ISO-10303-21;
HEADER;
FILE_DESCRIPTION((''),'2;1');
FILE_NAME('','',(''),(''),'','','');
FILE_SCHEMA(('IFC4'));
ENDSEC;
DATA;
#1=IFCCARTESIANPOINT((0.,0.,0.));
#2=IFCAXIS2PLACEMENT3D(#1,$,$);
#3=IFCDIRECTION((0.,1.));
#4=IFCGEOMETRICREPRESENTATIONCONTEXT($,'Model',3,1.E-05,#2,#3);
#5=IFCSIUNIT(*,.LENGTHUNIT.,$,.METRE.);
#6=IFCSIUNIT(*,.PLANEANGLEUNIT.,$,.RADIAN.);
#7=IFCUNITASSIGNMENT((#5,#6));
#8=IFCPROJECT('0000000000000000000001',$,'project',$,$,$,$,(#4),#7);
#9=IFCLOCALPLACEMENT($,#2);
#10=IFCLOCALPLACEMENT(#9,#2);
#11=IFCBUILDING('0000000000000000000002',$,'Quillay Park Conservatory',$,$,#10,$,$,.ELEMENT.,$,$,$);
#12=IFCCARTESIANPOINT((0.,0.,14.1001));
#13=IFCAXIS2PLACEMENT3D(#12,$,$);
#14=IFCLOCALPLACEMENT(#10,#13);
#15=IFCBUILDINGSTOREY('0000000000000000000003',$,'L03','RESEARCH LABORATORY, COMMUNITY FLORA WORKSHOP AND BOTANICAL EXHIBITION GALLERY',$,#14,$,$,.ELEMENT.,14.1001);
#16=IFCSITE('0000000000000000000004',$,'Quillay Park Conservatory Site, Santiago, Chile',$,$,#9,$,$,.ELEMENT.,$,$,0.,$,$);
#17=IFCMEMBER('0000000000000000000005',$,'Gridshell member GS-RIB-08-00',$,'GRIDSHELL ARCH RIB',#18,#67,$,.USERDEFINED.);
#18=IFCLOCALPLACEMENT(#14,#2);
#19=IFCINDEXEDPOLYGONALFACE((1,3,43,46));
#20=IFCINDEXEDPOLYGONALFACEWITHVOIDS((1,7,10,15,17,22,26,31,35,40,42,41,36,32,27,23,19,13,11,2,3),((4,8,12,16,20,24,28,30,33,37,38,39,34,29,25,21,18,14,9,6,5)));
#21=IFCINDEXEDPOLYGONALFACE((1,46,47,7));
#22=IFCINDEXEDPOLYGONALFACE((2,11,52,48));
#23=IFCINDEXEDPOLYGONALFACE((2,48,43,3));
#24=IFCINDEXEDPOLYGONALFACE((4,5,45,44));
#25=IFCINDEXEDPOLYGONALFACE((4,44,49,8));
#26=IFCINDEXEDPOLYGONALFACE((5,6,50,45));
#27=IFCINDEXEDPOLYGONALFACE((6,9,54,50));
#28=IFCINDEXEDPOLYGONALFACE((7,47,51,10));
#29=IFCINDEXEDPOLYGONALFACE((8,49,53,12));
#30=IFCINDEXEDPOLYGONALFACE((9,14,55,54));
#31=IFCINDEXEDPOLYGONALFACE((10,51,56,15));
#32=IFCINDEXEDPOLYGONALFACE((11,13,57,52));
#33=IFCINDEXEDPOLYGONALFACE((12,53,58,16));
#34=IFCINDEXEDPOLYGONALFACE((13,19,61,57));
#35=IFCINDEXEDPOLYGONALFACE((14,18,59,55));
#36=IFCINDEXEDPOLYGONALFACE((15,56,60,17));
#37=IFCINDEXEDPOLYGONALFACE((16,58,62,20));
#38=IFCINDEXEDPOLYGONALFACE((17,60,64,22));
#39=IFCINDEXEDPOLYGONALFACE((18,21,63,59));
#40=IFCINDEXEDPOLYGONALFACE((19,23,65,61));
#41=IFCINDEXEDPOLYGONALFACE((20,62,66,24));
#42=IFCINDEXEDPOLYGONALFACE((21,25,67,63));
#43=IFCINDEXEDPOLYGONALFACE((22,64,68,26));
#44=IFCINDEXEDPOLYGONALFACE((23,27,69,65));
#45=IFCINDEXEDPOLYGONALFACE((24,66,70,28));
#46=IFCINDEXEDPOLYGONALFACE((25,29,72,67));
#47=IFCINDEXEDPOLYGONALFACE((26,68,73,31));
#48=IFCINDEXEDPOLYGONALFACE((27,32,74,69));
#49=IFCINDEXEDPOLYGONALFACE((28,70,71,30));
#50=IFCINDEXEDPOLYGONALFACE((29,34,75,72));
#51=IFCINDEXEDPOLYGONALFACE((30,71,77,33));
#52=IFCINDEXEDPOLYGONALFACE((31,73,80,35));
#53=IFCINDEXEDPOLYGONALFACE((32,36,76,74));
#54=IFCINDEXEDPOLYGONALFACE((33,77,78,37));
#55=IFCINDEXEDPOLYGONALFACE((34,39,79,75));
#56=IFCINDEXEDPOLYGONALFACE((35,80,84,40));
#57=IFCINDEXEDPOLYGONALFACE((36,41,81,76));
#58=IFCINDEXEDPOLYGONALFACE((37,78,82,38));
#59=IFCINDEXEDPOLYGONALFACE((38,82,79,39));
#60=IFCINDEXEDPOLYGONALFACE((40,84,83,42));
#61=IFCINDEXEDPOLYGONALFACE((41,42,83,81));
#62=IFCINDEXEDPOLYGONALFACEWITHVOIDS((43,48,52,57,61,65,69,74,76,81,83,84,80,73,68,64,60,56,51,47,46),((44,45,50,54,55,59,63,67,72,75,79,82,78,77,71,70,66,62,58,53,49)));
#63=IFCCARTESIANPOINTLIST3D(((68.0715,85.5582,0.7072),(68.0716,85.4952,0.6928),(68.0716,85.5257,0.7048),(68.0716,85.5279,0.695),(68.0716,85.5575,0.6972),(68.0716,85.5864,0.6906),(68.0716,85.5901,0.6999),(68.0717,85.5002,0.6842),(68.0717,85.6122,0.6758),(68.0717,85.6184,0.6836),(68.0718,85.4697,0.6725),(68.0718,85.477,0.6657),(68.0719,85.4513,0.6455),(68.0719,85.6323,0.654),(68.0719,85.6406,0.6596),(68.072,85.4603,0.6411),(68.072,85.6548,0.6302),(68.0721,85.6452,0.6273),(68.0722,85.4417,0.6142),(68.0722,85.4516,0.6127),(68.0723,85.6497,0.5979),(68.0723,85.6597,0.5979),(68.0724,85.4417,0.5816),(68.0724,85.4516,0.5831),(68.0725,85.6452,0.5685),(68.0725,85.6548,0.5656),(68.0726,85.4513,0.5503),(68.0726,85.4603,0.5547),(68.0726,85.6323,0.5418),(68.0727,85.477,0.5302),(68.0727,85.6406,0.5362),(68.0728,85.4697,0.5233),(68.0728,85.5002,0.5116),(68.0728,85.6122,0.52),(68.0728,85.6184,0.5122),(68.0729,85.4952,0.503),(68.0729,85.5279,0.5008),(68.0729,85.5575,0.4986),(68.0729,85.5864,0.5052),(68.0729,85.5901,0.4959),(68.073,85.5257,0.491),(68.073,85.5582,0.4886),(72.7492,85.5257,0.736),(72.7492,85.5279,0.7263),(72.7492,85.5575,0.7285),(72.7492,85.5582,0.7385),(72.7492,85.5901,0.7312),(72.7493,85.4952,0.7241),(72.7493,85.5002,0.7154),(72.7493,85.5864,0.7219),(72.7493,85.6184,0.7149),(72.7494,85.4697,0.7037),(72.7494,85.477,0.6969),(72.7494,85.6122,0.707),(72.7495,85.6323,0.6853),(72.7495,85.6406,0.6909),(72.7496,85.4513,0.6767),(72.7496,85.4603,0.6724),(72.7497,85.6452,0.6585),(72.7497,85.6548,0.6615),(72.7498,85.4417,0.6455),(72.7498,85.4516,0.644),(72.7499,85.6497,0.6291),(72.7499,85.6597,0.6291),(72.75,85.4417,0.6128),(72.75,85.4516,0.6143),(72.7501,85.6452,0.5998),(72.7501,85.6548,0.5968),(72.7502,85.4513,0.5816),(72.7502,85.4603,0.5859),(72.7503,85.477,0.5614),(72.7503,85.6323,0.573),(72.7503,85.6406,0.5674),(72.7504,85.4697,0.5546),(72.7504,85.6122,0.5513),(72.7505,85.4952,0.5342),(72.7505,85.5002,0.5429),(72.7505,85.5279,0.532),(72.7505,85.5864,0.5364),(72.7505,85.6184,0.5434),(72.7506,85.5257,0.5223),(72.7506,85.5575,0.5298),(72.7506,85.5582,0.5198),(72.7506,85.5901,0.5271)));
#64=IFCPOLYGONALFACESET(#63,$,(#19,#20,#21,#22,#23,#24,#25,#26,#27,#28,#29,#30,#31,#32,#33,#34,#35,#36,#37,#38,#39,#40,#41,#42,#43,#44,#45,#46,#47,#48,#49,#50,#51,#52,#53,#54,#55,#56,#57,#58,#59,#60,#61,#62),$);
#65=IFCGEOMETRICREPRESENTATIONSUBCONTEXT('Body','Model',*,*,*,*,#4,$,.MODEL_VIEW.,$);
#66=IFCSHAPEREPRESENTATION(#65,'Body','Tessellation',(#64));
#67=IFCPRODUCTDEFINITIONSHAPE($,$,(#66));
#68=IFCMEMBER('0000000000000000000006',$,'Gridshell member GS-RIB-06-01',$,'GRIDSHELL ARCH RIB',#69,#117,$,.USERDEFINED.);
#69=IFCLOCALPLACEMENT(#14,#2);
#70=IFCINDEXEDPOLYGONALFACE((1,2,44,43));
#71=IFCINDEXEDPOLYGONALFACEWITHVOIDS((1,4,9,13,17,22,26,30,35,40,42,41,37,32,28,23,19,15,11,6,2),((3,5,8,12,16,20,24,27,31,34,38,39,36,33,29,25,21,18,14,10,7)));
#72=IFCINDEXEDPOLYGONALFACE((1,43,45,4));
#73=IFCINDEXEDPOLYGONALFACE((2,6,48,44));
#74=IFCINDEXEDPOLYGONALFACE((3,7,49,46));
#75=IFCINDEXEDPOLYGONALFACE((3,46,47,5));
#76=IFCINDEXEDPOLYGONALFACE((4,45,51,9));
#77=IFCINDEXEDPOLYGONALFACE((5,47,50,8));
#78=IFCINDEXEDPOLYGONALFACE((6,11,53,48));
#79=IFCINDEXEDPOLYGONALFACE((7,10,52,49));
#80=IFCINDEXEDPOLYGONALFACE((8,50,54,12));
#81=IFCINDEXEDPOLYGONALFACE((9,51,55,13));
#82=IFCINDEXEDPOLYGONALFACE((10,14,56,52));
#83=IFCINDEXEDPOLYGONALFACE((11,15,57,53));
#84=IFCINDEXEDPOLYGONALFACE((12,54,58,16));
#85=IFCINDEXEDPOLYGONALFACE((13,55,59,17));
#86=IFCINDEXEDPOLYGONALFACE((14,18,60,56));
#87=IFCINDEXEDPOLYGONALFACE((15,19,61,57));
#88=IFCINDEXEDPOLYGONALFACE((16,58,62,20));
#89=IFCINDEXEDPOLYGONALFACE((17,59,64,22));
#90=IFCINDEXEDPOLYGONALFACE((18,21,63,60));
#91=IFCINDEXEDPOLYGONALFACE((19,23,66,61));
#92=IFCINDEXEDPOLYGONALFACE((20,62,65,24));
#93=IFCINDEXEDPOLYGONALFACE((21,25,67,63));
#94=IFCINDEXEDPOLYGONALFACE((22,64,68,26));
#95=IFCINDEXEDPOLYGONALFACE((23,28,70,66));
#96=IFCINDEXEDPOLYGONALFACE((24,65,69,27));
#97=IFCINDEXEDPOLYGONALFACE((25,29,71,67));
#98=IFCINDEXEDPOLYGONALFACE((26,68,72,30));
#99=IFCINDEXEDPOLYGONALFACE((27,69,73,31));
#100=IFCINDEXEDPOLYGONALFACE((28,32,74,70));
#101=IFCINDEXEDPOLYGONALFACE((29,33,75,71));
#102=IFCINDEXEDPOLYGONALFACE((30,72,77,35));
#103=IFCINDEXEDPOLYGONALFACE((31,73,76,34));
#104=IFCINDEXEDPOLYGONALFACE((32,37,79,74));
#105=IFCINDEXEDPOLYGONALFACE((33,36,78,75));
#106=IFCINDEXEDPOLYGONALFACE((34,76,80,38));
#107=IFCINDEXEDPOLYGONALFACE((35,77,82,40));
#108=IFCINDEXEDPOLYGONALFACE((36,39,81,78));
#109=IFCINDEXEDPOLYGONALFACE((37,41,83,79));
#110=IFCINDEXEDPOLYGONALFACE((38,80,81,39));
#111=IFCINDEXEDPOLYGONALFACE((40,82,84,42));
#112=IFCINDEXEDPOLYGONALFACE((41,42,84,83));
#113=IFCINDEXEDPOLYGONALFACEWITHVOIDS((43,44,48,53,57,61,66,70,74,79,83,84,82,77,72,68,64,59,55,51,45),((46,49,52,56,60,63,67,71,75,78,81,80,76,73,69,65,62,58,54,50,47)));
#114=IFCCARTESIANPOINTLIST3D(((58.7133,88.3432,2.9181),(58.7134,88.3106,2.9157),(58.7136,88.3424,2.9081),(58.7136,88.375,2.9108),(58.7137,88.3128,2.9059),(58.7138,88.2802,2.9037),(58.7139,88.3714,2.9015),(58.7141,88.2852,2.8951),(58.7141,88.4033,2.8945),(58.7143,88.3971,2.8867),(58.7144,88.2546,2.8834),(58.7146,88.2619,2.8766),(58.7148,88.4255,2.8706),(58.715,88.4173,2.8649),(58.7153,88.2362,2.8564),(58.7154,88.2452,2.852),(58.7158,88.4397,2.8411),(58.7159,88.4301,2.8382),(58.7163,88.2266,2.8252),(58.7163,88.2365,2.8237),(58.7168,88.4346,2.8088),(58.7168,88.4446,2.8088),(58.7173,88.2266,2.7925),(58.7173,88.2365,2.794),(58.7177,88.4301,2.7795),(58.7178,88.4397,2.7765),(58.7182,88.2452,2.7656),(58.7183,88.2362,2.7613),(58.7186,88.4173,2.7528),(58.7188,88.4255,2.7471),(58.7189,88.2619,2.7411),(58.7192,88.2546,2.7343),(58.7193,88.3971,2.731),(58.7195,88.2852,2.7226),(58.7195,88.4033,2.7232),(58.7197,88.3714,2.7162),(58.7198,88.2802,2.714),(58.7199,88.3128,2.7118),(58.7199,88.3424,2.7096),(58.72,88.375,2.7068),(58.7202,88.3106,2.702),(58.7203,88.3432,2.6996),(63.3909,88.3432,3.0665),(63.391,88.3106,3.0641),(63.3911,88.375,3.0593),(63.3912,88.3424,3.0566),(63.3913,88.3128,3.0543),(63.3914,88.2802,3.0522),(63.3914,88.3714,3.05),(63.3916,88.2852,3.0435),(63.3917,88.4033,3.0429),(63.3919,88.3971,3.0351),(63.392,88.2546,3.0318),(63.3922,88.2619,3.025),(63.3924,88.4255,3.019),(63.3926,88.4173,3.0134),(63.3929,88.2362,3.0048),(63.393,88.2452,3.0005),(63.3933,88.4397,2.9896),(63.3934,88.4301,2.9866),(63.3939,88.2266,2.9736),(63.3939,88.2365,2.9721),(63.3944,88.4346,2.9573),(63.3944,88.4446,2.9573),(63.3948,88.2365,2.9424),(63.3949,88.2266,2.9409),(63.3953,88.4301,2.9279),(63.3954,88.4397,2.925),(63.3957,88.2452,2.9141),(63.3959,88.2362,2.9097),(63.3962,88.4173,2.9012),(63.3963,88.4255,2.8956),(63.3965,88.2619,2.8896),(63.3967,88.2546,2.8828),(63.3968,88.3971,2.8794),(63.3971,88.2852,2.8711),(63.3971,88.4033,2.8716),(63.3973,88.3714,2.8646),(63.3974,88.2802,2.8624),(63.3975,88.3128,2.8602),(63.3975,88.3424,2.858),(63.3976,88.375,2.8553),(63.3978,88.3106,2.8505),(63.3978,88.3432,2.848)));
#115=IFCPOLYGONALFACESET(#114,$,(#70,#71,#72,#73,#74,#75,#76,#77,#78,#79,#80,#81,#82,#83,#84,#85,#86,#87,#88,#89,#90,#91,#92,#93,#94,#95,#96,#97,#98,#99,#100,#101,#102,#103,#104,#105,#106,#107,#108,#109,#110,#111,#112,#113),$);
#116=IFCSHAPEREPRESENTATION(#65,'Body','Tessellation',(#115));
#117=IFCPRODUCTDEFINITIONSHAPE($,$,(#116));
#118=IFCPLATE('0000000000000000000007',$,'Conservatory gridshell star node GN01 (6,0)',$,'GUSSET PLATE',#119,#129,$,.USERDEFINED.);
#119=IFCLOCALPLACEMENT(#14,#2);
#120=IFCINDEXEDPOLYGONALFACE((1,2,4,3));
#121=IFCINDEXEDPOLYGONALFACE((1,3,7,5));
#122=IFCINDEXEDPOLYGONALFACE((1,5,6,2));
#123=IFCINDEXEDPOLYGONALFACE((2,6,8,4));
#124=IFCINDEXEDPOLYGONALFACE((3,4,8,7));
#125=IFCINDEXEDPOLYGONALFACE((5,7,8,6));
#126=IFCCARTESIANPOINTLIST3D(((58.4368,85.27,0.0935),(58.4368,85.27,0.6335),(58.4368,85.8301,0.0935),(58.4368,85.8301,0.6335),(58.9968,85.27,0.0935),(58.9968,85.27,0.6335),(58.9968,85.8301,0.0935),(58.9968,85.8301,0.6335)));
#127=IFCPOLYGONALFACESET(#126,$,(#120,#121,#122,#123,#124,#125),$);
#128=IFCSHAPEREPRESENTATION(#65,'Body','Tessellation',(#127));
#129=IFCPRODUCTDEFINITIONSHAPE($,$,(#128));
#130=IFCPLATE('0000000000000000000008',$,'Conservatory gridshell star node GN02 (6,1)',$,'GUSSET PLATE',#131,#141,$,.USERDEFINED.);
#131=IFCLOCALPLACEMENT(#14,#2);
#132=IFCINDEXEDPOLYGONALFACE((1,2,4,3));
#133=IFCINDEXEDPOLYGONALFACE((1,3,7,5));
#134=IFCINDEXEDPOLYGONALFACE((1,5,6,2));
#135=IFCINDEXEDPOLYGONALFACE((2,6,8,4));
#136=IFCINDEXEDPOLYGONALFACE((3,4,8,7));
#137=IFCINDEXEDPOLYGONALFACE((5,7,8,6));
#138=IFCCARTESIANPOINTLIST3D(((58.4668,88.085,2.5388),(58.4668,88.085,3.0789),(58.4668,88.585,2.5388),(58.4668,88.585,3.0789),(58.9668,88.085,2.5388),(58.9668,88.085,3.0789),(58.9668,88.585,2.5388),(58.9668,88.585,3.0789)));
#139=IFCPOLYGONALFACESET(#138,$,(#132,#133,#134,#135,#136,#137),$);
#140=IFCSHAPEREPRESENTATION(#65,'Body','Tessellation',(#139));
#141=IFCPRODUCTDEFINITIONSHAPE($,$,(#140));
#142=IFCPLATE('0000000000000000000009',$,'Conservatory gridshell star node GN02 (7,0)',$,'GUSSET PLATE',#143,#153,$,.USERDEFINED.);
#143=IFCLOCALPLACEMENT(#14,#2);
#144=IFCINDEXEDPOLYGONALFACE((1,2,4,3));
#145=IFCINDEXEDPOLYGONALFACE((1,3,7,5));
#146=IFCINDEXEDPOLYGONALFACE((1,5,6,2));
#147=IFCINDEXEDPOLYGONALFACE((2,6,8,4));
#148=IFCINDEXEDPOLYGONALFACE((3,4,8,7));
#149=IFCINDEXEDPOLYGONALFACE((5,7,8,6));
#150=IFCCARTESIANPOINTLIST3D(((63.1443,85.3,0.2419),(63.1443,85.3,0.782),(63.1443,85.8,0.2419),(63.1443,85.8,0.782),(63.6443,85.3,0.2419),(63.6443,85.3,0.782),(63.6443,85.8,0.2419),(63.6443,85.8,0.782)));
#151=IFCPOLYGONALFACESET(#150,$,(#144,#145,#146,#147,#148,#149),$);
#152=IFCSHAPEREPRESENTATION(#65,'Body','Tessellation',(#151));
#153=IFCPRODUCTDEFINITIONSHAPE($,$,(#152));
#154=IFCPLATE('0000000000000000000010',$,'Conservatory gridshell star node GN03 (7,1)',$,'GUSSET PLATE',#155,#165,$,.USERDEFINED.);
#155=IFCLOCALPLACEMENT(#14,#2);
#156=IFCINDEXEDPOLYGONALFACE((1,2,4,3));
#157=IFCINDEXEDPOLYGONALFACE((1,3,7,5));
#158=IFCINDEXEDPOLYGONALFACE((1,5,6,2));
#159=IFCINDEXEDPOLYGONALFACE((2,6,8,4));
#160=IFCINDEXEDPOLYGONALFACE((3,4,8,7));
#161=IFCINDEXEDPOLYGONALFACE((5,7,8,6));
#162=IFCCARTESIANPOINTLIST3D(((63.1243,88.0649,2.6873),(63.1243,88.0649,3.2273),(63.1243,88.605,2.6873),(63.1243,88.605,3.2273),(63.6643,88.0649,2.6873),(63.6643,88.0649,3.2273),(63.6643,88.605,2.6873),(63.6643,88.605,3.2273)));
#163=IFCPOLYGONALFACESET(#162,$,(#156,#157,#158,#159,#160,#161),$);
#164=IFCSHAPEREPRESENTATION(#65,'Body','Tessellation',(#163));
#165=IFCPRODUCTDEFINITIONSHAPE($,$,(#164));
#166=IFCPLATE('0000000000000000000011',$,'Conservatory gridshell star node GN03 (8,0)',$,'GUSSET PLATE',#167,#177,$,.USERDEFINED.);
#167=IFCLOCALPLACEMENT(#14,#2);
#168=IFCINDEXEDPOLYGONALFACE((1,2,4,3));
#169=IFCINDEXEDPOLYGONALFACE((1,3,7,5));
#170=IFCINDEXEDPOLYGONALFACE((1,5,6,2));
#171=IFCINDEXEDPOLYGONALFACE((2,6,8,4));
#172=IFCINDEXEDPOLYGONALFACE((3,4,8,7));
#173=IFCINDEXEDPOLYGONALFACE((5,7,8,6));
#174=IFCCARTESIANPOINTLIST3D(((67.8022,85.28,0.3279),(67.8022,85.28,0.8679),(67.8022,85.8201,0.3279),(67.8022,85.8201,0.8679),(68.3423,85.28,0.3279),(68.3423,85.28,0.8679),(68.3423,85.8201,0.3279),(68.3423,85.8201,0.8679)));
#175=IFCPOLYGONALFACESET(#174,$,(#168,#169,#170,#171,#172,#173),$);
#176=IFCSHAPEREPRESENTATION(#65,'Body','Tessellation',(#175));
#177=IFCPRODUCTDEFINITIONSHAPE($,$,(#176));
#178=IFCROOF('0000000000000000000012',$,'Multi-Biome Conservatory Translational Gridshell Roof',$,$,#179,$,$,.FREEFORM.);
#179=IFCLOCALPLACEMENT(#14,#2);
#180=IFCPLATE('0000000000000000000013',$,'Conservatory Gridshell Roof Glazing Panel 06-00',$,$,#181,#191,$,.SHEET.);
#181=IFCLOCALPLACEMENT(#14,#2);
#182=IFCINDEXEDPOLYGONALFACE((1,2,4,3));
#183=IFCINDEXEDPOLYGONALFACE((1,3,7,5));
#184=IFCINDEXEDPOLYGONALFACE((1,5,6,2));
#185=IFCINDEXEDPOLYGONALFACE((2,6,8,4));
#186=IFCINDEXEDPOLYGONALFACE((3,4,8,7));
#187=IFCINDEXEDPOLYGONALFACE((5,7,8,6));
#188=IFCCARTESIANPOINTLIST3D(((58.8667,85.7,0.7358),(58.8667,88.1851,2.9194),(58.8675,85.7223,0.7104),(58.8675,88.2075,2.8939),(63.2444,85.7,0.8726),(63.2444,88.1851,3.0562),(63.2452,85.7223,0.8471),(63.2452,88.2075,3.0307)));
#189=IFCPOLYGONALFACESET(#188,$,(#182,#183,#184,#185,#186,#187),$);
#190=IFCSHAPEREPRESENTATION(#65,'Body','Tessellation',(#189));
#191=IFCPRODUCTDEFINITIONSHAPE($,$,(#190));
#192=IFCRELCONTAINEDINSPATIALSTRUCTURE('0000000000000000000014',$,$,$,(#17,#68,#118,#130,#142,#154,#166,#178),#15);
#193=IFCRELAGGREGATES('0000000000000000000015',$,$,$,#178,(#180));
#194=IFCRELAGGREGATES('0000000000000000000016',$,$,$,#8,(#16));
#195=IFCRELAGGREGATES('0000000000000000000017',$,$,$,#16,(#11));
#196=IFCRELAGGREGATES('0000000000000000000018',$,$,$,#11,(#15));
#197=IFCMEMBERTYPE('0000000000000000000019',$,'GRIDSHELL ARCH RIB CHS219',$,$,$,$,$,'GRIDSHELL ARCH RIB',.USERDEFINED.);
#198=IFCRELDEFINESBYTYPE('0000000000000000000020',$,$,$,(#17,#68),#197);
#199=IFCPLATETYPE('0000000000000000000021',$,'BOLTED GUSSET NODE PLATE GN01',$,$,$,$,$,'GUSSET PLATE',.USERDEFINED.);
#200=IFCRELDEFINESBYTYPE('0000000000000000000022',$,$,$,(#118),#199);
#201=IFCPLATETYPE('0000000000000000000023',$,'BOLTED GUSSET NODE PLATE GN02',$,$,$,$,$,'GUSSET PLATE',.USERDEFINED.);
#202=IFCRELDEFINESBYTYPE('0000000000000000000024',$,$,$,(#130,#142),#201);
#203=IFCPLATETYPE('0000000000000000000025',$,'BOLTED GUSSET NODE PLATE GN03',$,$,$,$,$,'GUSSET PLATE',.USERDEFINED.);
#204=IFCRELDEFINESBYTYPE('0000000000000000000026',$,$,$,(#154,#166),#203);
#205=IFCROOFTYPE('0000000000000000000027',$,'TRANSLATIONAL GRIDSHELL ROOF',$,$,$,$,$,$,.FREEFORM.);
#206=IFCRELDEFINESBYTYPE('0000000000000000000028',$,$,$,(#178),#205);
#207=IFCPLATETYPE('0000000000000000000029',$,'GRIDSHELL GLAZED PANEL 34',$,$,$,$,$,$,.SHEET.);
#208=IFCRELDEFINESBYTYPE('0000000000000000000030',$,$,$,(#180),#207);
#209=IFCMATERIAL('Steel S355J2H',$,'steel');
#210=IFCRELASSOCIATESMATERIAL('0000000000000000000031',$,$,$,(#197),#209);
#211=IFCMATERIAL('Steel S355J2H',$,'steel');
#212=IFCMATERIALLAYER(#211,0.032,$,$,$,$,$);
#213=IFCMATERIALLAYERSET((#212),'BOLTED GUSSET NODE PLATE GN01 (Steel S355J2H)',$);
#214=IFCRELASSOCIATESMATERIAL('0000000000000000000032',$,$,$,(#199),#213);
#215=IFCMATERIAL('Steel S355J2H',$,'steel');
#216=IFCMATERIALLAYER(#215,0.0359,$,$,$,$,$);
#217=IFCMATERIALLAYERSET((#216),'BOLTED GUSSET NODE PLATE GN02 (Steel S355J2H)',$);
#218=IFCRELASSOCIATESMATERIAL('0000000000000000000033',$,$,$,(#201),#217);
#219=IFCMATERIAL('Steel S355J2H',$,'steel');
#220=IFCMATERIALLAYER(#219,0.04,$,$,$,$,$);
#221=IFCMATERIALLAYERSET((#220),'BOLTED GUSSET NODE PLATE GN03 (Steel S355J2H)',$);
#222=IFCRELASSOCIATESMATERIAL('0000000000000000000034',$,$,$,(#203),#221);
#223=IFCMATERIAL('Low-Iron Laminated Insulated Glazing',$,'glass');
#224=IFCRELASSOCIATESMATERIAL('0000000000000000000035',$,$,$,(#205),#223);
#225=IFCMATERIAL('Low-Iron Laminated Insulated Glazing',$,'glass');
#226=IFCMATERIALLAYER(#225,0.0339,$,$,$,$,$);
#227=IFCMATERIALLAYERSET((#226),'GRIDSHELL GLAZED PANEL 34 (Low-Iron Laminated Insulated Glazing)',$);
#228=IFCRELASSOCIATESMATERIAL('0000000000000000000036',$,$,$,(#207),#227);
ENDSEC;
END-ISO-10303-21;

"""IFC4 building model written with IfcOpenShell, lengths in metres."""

from ifc_helpers import new_model, si_unit, direction, frame, origin, origin_2d, place, context, subcontext, project, spatial, polyline, rectangle, hollow_circle, outline, extrude, material, layer, layer_set, material_profile, profile_set, type_object, element, aggregate, save


model = new_model("IFC4")

# Units and contexts
model_context = context("Model", 3, precision=1e-05, world=origin(), true_north=direction((0.0, 1.0)))
body_context = subcontext(model_context, "Body", "Model", "MODEL_VIEW")
ifc_project = project(units=[si_unit("LENGTHUNIT", "METRE"), si_unit("PLANEANGLEUNIT", "RADIAN")], contexts=[model_context])

# Site, building, storey
site_placement = place(None, origin())
site = spatial("IfcSite", under=ifc_project, at=site_placement, Name="Quillay Park Conservatory Site, Santiago, Chile", CompositionType="ELEMENT", RefElevation=0.0)
building_placement = place(site_placement, origin())
building = spatial("IfcBuilding", under=site, at=building_placement, Name="Quillay Park Conservatory", CompositionType="ELEMENT")
storey_placement = place(building_placement, frame((0.0, 0.0, 14.1001)))
storey = spatial("IfcBuildingStorey", under=building, at=storey_placement, Name="L03", Description="RESEARCH LABORATORY, COMMUNITY FLORA WORKSHOP AND BOTANICAL EXHIBITION GALLERY", CompositionType="ELEMENT", Elevation=14.1001)

# Members
ifc_material_1 = material(Name="Steel S355J2H", Category="steel")
ifc_material_profile_1 = material_profile(ifc_material_1, hollow_circle(Radius=0.1096, WallThickness=0.01, at=origin_2d()), Name="CHS219.1x10")
ifc_profile_set_1 = profile_set([ifc_material_profile_1], Name="Steel S355J2H")
member_type = type_object("IfcMemberType", Name="GRIDSHELL ARCH RIB CHS219", ElementType="GRIDSHELL ARCH RIB", PredefinedType="USERDEFINED", material=ifc_profile_set_1)
member_1_placement = place(storey_placement, frame((68.0723, 85.55, 0.5979), z_axis=(0.999978, 0.0, 0.00668), x_axis=(0.0, 1.0, 0.0)))
element("IfcMember", 1, at=member_1_placement, inside=storey, type_object=member_type, Name="Gridshell member GS-RIB-08-00", ObjectType="GRIDSHELL ARCH RIB", PredefinedType="USERDEFINED", context=body_context, shape_type="SweptSolid", body=[
    extrude(hollow_circle(Radius=0.1096, WallThickness=0.01, at=origin_2d()), origin(), (0.0, 0.0, 1.0), 4.6777),
])
member_2_placement = place(storey_placement, frame((58.7168, 88.335, 2.8088), z_axis=(0.999497, 0.0, 0.031718), x_axis=(0.0, 1.0, 0.0)))
element("IfcMember", 2, at=member_2_placement, inside=storey, type_object=member_type, Name="Gridshell member GS-RIB-06-01", ObjectType="GRIDSHELL ARCH RIB", PredefinedType="USERDEFINED", context=body_context, shape_type="SweptSolid", body=[
    extrude(hollow_circle(Radius=0.1096, WallThickness=0.01, at=origin_2d()), origin(), (0.0, 0.0, 1.0), 4.6799),
])

# Plates
ifc_material_2 = material(Name="Steel S355J2H", Category="steel")
ifc_layer_1 = layer(ifc_material_2, 0.032)
ifc_layer_set_1 = layer_set([ifc_layer_1], Name="BOLTED GUSSET NODE PLATE GN01 (Steel S355J2H)")
plate_type_1 = type_object("IfcPlateType", Name="BOLTED GUSSET NODE PLATE GN01", ElementType="GUSSET PLATE", PredefinedType="USERDEFINED", material=ifc_layer_set_1)
plate_1_placement = place(storey_placement, frame((58.7168, 85.55, 0.0935), z_axis=(0.0, 0.0, 1.0), x_axis=(1.0, 0.0, 0.0)))
element("IfcPlate", 3, at=plate_1_placement, inside=storey, type_object=plate_type_1, Name="Conservatory gridshell star node GN01 (6,0)", ObjectType="GUSSET PLATE", PredefinedType="USERDEFINED", context=body_context, shape_type="SweptSolid", body=[
    extrude(rectangle(XDim=0.5601, YDim=0.5601, at=origin_2d()), origin(), (0.0, 0.0, 1.0), 0.54),
])
ifc_material_3 = material(Name="Steel S355J2H", Category="steel")
ifc_layer_2 = layer(ifc_material_3, 0.0359)
ifc_layer_set_2 = layer_set([ifc_layer_2], Name="BOLTED GUSSET NODE PLATE GN02 (Steel S355J2H)")
plate_type_2 = type_object("IfcPlateType", Name="BOLTED GUSSET NODE PLATE GN02", ElementType="GUSSET PLATE", PredefinedType="USERDEFINED", material=ifc_layer_set_2)
for number, where, z_axis, x_axis, name in (
    (4, (58.7168, 88.335, 2.5388), (0.0, 0.0, 1.0), (1.0, 0.0, 0.0), "Conservatory gridshell star node GN02 (6,1)"),
    (5, (63.3943, 85.55, 0.2419), (0.0, 0.0, 1.0), (1.0, 0.0, 0.0), "Conservatory gridshell star node GN02 (7,0)"),
):
    element("IfcPlate", number, at=place(storey_placement, frame(where, z_axis=z_axis, x_axis=x_axis)), inside=storey, type_object=plate_type_2, Name=name, ObjectType="GUSSET PLATE", PredefinedType="USERDEFINED", context=body_context, shape_type="SweptSolid", body=[
        extrude(rectangle(XDim=0.5, YDim=0.5, at=origin_2d()), origin(), (0.0, 0.0, 1.0), 0.54),
    ])
ifc_material_4 = material(Name="Steel S355J2H", Category="steel")
ifc_layer_3 = layer(ifc_material_4, 0.04)
ifc_layer_set_3 = layer_set([ifc_layer_3], Name="BOLTED GUSSET NODE PLATE GN03 (Steel S355J2H)")
plate_type_3 = type_object("IfcPlateType", Name="BOLTED GUSSET NODE PLATE GN03", ElementType="GUSSET PLATE", PredefinedType="USERDEFINED", material=ifc_layer_set_3)
for number, where, z_axis, x_axis, name in (
    (6, (63.3943, 88.335, 2.6873), (0.0, 0.0, 1.0), (1.0, 0.0, 0.0), "Conservatory gridshell star node GN03 (7,1)"),
    (7, (68.0723, 85.55, 0.3279), (0.0, 0.0, 1.0), (1.0, 0.0, 0.0), "Conservatory gridshell star node GN03 (8,0)"),
):
    element("IfcPlate", number, at=place(storey_placement, frame(where, z_axis=z_axis, x_axis=x_axis)), inside=storey, type_object=plate_type_3, Name=name, ObjectType="GUSSET PLATE", PredefinedType="USERDEFINED", context=body_context, shape_type="SweptSolid", body=[
        extrude(rectangle(XDim=0.54, YDim=0.54, at=origin_2d()), origin(), (0.0, 0.0, 1.0), 0.54),
    ])

# Roof, plate
ifc_material_5 = material(Name="Low-Iron Laminated Insulated Glazing", Category="glass")
roof_type = type_object("IfcRoofType", Name="TRANSLATIONAL GRIDSHELL ROOF", PredefinedType="FREEFORM", material=ifc_material_5)
roof_placement = place(storey_placement, origin())
roof = element("IfcRoof", 8, at=roof_placement, inside=storey, type_object=roof_type, Name="Multi-Biome Conservatory Translational Gridshell Roof", PredefinedType="FREEFORM")
ifc_material_6 = material(Name="Low-Iron Laminated Insulated Glazing", Category="glass")
ifc_layer_4 = layer(ifc_material_6, 0.0339)
ifc_layer_set_4 = layer_set([ifc_layer_4], Name="GRIDSHELL GLAZED PANEL 34 (Low-Iron Laminated Insulated Glazing)")
plate_type_4 = type_object("IfcPlateType", Name="GRIDSHELL GLAZED PANEL 34", PredefinedType="SHEET", material=ifc_layer_set_4)
plate_2_placement = place(storey_placement, frame((58.8667, 85.7, 0.7358), z_axis=(-0.023454, -0.659884, 0.751001), x_axis=(0.999513, 0.0, 0.031216)))
plate_2 = element("IfcPlate", 9, at=plate_2_placement, type_object=plate_type_4, Name="Conservatory Gridshell Roof Glazing Panel 06-00", PredefinedType="SHEET", context=body_context, shape_type="SweptSolid", body=[
    extrude(outline(polyline([(0.0, 0.0), (4.3798, 0.0), (4.448, 3.3074), (0.0682, 3.3074), (0.0, 0.0)])), origin(), (0.0, 0.0, -1.0), 0.0339),
])
aggregate(roof, [plate_2])

save(model, "model.ifc")
